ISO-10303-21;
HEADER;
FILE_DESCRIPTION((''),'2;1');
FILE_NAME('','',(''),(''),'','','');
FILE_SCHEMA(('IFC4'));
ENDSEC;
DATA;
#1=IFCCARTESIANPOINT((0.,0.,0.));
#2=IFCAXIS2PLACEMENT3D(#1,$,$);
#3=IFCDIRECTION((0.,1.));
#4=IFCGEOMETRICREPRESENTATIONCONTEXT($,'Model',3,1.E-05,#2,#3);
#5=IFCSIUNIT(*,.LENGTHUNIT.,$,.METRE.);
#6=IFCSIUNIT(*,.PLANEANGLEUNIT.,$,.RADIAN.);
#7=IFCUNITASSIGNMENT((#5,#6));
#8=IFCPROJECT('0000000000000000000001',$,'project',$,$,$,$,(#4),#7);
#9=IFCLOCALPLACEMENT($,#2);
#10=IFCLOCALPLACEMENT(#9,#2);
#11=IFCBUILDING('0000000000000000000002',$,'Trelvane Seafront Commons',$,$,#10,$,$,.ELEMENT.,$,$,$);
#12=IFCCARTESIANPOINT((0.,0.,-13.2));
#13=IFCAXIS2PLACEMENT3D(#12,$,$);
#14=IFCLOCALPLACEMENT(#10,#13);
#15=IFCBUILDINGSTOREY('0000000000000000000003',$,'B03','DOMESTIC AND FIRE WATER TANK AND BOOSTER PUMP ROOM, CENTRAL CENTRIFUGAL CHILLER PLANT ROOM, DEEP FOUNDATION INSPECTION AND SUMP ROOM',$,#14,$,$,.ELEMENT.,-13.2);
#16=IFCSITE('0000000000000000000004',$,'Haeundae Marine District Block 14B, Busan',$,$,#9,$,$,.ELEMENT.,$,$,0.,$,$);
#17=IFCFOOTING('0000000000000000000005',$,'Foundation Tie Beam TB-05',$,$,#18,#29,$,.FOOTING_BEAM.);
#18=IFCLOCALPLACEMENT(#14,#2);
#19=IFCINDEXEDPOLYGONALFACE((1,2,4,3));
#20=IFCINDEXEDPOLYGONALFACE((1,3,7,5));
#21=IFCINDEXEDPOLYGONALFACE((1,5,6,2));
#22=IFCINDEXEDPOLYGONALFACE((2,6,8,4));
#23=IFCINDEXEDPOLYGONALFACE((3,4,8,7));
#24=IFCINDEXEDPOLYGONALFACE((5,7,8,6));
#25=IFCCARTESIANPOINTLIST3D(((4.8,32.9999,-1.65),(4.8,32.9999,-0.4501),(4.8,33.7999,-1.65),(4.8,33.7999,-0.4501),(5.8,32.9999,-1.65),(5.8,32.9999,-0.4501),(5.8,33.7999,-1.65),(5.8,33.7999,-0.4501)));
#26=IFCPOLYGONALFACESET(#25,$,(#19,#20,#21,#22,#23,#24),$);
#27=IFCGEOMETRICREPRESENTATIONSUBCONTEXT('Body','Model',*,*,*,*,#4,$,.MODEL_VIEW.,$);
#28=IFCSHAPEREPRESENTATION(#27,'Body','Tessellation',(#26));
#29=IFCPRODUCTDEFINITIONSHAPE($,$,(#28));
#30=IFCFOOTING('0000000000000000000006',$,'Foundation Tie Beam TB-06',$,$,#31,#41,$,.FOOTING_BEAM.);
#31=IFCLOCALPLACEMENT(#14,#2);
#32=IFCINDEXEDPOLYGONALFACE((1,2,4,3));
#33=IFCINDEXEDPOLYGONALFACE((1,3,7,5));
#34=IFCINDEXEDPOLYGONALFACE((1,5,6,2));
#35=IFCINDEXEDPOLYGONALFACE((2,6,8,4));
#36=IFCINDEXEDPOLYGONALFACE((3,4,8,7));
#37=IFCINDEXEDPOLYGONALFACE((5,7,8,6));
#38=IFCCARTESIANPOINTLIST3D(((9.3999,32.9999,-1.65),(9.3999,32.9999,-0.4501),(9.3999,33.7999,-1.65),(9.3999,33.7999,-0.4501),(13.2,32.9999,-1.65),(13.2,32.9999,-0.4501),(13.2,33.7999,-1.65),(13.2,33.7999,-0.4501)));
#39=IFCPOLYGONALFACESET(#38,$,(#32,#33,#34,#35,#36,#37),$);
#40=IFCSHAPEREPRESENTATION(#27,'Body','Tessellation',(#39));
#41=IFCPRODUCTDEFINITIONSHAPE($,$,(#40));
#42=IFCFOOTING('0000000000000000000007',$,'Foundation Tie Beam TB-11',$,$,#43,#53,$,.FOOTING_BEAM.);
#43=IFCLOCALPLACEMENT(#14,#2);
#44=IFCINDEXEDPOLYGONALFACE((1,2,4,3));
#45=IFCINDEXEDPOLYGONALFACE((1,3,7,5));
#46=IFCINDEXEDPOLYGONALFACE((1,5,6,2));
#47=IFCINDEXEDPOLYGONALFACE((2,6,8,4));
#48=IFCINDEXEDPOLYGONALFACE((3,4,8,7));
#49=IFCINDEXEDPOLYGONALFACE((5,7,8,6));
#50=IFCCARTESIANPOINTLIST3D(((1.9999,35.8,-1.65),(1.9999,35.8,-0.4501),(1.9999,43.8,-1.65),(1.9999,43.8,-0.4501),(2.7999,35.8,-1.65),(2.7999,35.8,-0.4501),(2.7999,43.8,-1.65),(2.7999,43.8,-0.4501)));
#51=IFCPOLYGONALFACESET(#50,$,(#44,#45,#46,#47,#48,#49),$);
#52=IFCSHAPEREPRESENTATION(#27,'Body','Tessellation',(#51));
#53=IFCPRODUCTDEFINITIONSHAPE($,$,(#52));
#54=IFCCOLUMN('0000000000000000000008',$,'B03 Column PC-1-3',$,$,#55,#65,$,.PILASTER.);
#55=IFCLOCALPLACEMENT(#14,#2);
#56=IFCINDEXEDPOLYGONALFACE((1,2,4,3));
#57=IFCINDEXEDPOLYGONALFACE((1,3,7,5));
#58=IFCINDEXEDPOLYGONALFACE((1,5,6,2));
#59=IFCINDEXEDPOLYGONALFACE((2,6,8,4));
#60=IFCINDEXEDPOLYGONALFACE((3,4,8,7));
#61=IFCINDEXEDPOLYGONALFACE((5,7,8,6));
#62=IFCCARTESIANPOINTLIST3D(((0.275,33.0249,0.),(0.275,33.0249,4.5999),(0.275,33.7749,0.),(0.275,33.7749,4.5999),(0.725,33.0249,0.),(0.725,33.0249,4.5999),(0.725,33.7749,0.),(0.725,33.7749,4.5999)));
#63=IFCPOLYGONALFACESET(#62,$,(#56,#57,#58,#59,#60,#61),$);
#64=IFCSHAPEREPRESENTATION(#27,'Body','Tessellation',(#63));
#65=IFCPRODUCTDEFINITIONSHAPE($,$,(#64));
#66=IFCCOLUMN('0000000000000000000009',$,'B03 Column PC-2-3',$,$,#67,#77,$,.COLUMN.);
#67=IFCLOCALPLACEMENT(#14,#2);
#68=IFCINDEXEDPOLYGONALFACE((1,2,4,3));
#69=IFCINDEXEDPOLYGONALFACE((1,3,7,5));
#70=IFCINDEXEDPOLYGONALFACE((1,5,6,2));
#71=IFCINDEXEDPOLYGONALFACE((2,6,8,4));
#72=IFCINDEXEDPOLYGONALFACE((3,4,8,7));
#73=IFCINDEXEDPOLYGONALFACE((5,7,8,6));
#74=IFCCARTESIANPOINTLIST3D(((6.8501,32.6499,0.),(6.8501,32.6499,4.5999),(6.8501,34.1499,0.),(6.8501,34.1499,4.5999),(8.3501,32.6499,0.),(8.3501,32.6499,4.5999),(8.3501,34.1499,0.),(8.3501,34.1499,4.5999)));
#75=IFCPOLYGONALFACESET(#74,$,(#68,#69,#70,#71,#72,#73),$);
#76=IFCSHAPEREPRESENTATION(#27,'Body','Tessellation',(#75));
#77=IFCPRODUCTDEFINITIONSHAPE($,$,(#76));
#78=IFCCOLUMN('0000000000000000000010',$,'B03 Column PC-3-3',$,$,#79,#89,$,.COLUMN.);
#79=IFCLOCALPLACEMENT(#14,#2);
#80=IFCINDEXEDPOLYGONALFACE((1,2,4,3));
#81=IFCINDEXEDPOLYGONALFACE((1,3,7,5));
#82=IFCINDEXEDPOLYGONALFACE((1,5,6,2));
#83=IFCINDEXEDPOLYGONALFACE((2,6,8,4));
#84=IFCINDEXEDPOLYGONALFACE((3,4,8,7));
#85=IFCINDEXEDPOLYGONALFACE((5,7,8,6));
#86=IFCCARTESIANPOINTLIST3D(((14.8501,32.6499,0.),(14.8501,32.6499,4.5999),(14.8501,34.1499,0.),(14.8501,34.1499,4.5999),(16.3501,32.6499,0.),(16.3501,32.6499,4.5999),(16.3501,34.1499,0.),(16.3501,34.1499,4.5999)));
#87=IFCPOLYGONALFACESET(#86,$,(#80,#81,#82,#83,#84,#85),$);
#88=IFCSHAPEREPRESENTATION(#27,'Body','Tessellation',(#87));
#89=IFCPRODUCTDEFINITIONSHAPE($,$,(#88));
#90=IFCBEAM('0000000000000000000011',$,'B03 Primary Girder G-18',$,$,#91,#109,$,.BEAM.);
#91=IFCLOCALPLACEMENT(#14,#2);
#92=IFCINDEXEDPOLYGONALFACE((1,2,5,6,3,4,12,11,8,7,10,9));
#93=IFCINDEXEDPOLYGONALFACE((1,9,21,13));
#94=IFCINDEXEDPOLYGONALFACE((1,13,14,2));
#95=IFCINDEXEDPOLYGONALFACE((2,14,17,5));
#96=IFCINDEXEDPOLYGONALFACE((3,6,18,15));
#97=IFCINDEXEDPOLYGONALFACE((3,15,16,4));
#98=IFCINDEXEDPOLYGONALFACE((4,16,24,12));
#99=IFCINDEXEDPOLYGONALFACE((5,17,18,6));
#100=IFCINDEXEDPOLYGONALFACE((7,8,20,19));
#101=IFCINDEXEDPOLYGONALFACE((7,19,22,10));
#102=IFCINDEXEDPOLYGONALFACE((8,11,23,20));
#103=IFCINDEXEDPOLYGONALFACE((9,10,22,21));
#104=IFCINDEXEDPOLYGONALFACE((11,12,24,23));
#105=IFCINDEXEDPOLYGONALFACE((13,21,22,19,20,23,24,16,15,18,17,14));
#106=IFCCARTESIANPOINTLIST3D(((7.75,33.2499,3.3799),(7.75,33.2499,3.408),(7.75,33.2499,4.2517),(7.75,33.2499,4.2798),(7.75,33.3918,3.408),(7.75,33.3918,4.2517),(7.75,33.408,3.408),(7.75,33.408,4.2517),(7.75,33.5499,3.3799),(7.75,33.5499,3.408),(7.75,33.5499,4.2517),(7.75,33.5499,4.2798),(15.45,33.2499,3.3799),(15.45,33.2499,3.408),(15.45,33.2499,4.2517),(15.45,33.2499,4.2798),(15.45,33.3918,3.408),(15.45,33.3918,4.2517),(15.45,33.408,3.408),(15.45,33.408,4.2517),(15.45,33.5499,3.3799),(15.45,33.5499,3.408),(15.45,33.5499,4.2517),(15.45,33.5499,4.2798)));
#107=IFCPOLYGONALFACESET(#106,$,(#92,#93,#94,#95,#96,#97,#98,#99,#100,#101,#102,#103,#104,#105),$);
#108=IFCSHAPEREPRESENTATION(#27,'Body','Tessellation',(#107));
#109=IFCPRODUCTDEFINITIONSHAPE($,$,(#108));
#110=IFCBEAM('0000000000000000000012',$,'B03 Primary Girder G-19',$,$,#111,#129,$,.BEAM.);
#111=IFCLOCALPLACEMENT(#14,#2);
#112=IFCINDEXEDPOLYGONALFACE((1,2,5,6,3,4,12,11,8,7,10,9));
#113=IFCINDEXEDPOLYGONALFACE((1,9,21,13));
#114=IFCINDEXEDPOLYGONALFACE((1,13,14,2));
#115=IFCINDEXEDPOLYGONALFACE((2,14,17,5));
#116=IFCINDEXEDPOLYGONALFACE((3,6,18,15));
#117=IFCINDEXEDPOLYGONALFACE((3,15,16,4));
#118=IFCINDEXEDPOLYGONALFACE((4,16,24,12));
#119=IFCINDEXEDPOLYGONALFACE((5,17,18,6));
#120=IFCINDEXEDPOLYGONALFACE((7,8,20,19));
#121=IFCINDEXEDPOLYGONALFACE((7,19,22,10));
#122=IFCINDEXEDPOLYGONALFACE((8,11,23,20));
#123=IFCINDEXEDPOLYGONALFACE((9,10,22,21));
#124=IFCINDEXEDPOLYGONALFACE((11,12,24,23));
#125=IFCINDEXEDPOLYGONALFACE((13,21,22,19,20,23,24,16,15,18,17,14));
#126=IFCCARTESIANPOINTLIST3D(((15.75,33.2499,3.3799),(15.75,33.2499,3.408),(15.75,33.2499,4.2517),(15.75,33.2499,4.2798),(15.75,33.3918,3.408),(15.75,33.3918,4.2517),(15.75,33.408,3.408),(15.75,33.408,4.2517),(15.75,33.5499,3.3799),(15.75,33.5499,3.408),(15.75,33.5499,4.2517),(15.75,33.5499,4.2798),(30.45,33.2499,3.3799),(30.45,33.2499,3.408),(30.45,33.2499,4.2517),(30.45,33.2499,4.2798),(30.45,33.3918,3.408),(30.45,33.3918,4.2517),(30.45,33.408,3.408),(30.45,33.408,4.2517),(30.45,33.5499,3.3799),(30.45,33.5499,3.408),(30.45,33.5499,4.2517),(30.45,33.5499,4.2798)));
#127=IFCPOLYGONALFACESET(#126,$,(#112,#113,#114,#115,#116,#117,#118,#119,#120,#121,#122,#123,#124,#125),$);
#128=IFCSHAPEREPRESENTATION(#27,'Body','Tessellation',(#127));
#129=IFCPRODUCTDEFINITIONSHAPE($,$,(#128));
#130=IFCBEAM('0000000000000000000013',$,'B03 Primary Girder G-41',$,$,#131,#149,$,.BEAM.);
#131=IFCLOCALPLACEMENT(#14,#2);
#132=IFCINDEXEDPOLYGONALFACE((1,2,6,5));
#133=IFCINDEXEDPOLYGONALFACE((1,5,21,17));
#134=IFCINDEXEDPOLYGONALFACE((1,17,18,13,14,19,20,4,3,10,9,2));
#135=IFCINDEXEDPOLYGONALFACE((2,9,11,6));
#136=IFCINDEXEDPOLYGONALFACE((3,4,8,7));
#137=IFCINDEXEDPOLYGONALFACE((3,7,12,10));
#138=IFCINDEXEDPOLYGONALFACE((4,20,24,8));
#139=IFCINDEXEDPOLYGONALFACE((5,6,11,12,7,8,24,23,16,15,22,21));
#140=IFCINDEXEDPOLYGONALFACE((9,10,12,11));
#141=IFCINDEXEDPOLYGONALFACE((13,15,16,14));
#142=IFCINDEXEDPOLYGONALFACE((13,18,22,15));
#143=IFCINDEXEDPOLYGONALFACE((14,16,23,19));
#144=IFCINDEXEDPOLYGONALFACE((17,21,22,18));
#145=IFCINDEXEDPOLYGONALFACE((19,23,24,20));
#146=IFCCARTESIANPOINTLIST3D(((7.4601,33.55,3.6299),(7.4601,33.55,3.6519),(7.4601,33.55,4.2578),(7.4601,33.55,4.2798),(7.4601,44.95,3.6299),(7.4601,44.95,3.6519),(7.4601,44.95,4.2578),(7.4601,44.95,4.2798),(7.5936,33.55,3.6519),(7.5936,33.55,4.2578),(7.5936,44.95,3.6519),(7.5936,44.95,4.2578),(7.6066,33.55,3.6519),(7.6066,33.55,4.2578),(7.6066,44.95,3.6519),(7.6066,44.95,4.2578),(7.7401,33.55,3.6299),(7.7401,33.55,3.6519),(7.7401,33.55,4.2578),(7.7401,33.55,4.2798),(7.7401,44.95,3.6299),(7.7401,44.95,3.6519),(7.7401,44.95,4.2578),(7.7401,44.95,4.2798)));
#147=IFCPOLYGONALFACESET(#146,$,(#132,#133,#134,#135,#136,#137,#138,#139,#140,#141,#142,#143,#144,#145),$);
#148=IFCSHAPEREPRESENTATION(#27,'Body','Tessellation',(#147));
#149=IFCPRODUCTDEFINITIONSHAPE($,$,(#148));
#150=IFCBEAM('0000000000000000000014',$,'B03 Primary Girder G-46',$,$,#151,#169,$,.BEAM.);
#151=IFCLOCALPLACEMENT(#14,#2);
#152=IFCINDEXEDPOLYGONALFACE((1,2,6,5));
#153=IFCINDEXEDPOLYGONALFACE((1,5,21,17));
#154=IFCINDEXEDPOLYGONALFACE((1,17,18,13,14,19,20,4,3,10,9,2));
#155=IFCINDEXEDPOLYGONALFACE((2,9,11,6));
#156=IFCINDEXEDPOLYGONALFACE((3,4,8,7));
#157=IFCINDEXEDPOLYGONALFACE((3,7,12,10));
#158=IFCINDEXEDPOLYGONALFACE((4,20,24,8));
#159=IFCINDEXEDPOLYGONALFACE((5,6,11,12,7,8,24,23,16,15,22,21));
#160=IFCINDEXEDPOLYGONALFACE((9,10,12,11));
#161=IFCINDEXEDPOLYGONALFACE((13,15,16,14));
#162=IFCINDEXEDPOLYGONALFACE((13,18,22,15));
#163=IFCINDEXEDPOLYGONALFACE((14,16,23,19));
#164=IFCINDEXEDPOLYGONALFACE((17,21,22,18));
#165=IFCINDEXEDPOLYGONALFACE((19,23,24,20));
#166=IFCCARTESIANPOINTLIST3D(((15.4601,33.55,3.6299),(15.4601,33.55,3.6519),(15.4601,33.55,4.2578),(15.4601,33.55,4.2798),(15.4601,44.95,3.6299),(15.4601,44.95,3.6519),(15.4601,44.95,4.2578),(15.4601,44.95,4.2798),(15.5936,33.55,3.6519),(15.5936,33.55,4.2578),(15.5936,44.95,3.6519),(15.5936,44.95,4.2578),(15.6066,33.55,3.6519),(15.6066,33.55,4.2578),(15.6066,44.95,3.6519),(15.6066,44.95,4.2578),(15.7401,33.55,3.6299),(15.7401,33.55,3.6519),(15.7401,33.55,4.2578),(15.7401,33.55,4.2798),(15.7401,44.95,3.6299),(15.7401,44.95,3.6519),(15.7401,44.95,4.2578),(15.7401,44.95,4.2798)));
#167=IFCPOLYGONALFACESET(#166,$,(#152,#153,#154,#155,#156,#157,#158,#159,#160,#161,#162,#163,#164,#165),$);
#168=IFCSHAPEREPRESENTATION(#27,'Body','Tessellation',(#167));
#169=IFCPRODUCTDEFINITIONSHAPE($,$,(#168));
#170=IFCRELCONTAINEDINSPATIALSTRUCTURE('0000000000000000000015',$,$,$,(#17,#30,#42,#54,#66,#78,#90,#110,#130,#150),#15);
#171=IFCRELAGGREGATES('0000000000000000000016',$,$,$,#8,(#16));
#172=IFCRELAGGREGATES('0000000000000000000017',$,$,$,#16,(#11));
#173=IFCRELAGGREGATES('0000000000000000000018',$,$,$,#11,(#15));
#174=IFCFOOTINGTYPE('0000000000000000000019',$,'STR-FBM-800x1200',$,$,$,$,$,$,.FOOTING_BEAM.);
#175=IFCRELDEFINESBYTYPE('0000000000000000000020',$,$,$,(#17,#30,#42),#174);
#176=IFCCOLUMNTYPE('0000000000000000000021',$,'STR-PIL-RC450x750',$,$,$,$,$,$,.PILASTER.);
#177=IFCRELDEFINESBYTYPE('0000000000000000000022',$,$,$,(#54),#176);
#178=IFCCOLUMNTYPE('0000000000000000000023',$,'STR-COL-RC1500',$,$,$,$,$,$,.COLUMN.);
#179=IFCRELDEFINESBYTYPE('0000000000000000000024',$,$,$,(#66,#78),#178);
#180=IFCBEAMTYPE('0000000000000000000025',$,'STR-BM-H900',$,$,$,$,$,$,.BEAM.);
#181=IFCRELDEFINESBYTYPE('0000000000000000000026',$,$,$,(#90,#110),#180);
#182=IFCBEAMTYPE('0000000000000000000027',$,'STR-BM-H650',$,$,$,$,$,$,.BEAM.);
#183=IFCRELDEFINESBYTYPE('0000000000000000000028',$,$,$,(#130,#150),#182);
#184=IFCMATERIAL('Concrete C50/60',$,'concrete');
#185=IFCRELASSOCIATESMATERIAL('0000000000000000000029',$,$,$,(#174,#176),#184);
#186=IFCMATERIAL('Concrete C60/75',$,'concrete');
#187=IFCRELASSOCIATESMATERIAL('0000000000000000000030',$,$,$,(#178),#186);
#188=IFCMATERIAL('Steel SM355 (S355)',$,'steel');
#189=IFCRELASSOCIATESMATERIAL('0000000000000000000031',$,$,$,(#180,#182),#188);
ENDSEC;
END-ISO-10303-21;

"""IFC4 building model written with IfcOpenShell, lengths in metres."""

from ifc_helpers import new_model, si_unit, direction, frame, origin, origin_2d, place, context, subcontext, project, spatial, rectangle, i_section, extrude, source, transform, mapped, material, material_profile, profile_set, type_object, element, save


model = new_model("IFC4")

# Units and contexts
model_context = context("Model", 3, precision=1e-05, world=origin(), true_north=direction((0.0, 1.0)))
body_context = subcontext(model_context, "Body", "Model", "MODEL_VIEW")
ifc_project = project(units=[si_unit("LENGTHUNIT", "METRE"), si_unit("PLANEANGLEUNIT", "RADIAN")], contexts=[model_context])

# Site, building, storey
site_placement = place(None, origin())
site = spatial("IfcSite", under=ifc_project, at=site_placement, Name="Haeundae Marine District Block 14B, Busan", CompositionType="ELEMENT", RefElevation=0.0)
building_placement = place(site_placement, origin())
building = spatial("IfcBuilding", under=site, at=building_placement, Name="Trelvane Seafront Commons", CompositionType="ELEMENT")
storey_placement = place(building_placement, frame((0.0, 0.0, -13.2)))
storey = spatial("IfcBuildingStorey", under=building, at=storey_placement, Name="B03", Description="DOMESTIC AND FIRE WATER TANK AND BOOSTER PUMP ROOM, CENTRAL CENTRIFUGAL CHILLER PLANT ROOM, DEEP FOUNDATION INSPECTION AND SUMP ROOM", CompositionType="ELEMENT", Elevation=-13.2)

# Shared definitions
ifc_material_1 = material(Name="Concrete C50/60", Category="concrete")

# Footings
ifc_material_profile_1 = material_profile(ifc_material_1, rectangle(XDim=0.8, YDim=1.2, at=origin_2d()), Name="TB-800x1200")
ifc_profile_set_1 = profile_set([ifc_material_profile_1], Name="Concrete C50/60")
footing_type = type_object("IfcFootingType", Name="STR-FBM-800x1200", PredefinedType="FOOTING_BEAM", material=ifc_profile_set_1)
shared_shape_1 = source(origin(), body_context, "Body", "SweptSolid", [
    extrude(rectangle(XDim=0.8, YDim=1.2, at=origin_2d()), origin(), (0.0, 0.0, 1.0), 1.0),
])
footing_1_placement = place(storey_placement, frame((4.8, 33.3999, -1.05), z_axis=(1.0, 0.0, 0.0), x_axis=(0.0, 1.0, 0.0)))
element("IfcFooting", 1, at=footing_1_placement, inside=storey, type_object=footing_type, Name="Foundation Tie Beam TB-05", PredefinedType="FOOTING_BEAM", context=body_context, shape_type="MappedRepresentation", body=[
    mapped(shared_shape_1, transform((0.0, 0.0, 0.0), x_axis=(1.0, 0.0, 0.0), y_axis=(0.0, 1.0, 0.0), z_axis=(0.0, 0.0, 1.0), scale=1.0)),
])
shared_shape_2 = source(origin(), body_context, "Body", "SweptSolid", [
    extrude(rectangle(XDim=0.8, YDim=1.2, at=origin_2d()), origin(), (0.0, 0.0, 1.0), 3.8),
])
footing_2_placement = place(storey_placement, frame((9.3999, 33.3999, -1.05), z_axis=(1.0, 0.0, 0.0), x_axis=(0.0, 1.0, 0.0)))
element("IfcFooting", 2, at=footing_2_placement, inside=storey, type_object=footing_type, Name="Foundation Tie Beam TB-06", PredefinedType="FOOTING_BEAM", context=body_context, shape_type="MappedRepresentation", body=[
    mapped(shared_shape_2, transform((0.0, 0.0, 0.0), x_axis=(1.0, 0.0, 0.0), y_axis=(0.0, 1.0, 0.0), z_axis=(0.0, 0.0, 1.0), scale=1.0)),
])
shared_shape_3 = source(origin(), body_context, "Body", "SweptSolid", [
    extrude(rectangle(XDim=0.8, YDim=1.2, at=origin_2d()), origin(), (0.0, 0.0, 1.0), 8.0),
])
footing_3_placement = place(storey_placement, frame((2.3999, 35.8, -1.05), z_axis=(0.0, 1.0, 0.0), x_axis=(-1.0, 0.0, 0.0)))
element("IfcFooting", 3, at=footing_3_placement, inside=storey, type_object=footing_type, Name="Foundation Tie Beam TB-11", PredefinedType="FOOTING_BEAM", context=body_context, shape_type="MappedRepresentation", body=[
    mapped(shared_shape_3, transform((0.0, 0.0, 0.0), x_axis=(1.0, 0.0, 0.0), y_axis=(0.0, 1.0, 0.0), z_axis=(0.0, 0.0, 1.0), scale=1.0)),
])

# Columns
ifc_material_profile_2 = material_profile(ifc_material_1, rectangle(XDim=0.45, YDim=0.75, at=origin_2d()), Name="RC-450x750")
ifc_profile_set_2 = profile_set([ifc_material_profile_2], Name="Concrete C50/60")
column_type_1 = type_object("IfcColumnType", Name="STR-PIL-RC450x750", PredefinedType="PILASTER", material=ifc_profile_set_2)
shared_shape_4 = source(origin(), body_context, "Body", "SweptSolid", [
    extrude(rectangle(XDim=0.45, YDim=0.75, at=origin_2d()), origin(), (0.0, 0.0, 1.0), 4.5999),
])
column_placement = place(storey_placement, frame((0.5, 33.3999, 0.0), z_axis=(0.0, 0.0, 1.0), x_axis=(1.0, 0.0, 0.0)))
element("IfcColumn", 4, at=column_placement, inside=storey, type_object=column_type_1, Name="B03 Column PC-1-3", PredefinedType="PILASTER", context=body_context, shape_type="MappedRepresentation", body=[
    mapped(shared_shape_4, transform((0.0, 0.0, 0.0), x_axis=(1.0, 0.0, 0.0), y_axis=(0.0, 1.0, 0.0), z_axis=(0.0, 0.0, 1.0), scale=1.0)),
])
ifc_material_2 = material(Name="Concrete C60/75", Category="concrete")
ifc_material_profile_3 = material_profile(ifc_material_2, rectangle(XDim=1.5, YDim=1.5, at=origin_2d()), Name="RC-1500x1500")
ifc_profile_set_3 = profile_set([ifc_material_profile_3], Name="Concrete C60/75")
column_type_2 = type_object("IfcColumnType", Name="STR-COL-RC1500", PredefinedType="COLUMN", material=ifc_profile_set_3)
shared_shape_5 = source(origin(), body_context, "Body", "SweptSolid", [
    extrude(rectangle(XDim=1.5, YDim=1.5, at=origin_2d()), origin(), (0.0, 0.0, 1.0), 4.5999),
])
for number, where, z_axis, x_axis, name in (
    (5, (7.6001, 33.3999, 0.0), (0.0, 0.0, 1.0), (1.0, 0.0, 0.0), "B03 Column PC-2-3"),
    (6, (15.6001, 33.3999, 0.0), (0.0, 0.0, 1.0), (1.0, 0.0, 0.0), "B03 Column PC-3-3"),
):
    element("IfcColumn", number, at=place(storey_placement, frame(where, z_axis=z_axis, x_axis=x_axis)), inside=storey, type_object=column_type_2, Name=name, PredefinedType="COLUMN", context=body_context, shape_type="MappedRepresentation", body=[
        mapped(shared_shape_5, transform((0.0, 0.0, 0.0), x_axis=(1.0, 0.0, 0.0), y_axis=(0.0, 1.0, 0.0), z_axis=(0.0, 0.0, 1.0), scale=1.0)),
    ])

# Beams
ifc_material_3 = material(Name="Steel SM355 (S355)", Category="steel")
ifc_material_profile_4 = material_profile(ifc_material_3, i_section(OverallWidth=0.3, OverallDepth=0.8999, WebThickness=0.0161, FlangeThickness=0.0281, at=origin_2d()), Name="H-900x300x16x28")
ifc_profile_set_4 = profile_set([ifc_material_profile_4], Name="Steel SM355 (S355)")
beam_type_1 = type_object("IfcBeamType", Name="STR-BM-H900", PredefinedType="BEAM", material=ifc_profile_set_4)
shared_shape_6 = source(origin(), body_context, "Body", "SweptSolid", [
    extrude(i_section(OverallWidth=0.3, OverallDepth=0.8999, WebThickness=0.0161, FlangeThickness=0.0281, at=origin_2d()), origin(), (0.0, 0.0, 1.0), 7.7),
])
beam_1_placement = place(storey_placement, frame((7.75, 33.3999, 3.8298), z_axis=(1.0, 0.0, 0.0), x_axis=(0.0, 1.0, 0.0)))
element("IfcBeam", 7, at=beam_1_placement, inside=storey, type_object=beam_type_1, Name="B03 Primary Girder G-18", PredefinedType="BEAM", context=body_context, shape_type="MappedRepresentation", body=[
    mapped(shared_shape_6, transform((0.0, 0.0, 0.0), x_axis=(1.0, 0.0, 0.0), y_axis=(0.0, 1.0, 0.0), z_axis=(0.0, 0.0, 1.0), scale=1.0)),
])
shared_shape_7 = source(origin(), body_context, "Body", "SweptSolid", [
    extrude(i_section(OverallWidth=0.3, OverallDepth=0.8999, WebThickness=0.0161, FlangeThickness=0.0281, at=origin_2d()), origin(), (0.0, 0.0, 1.0), 14.7),
])
beam_2_placement = place(storey_placement, frame((15.75, 33.3999, 3.8298), z_axis=(1.0, 0.0, 0.0), x_axis=(0.0, 1.0, 0.0)))
element("IfcBeam", 8, at=beam_2_placement, inside=storey, type_object=beam_type_1, Name="B03 Primary Girder G-19", PredefinedType="BEAM", context=body_context, shape_type="MappedRepresentation", body=[
    mapped(shared_shape_7, transform((0.0, 0.0, 0.0), x_axis=(1.0, 0.0, 0.0), y_axis=(0.0, 1.0, 0.0), z_axis=(0.0, 0.0, 1.0), scale=1.0)),
])
ifc_material_profile_5 = material_profile(ifc_material_3, i_section(OverallWidth=0.28, OverallDepth=0.6499, WebThickness=0.0129, FlangeThickness=0.022, at=origin_2d()), Name="H-650x280x13x22")
ifc_profile_set_5 = profile_set([ifc_material_profile_5], Name="Steel SM355 (S355)")
beam_type_2 = type_object("IfcBeamType", Name="STR-BM-H650", PredefinedType="BEAM", material=ifc_profile_set_5)
shared_shape_8 = source(origin(), body_context, "Body", "SweptSolid", [
    extrude(i_section(OverallWidth=0.28, OverallDepth=0.6499, WebThickness=0.0129, FlangeThickness=0.022, at=origin_2d()), origin(), (0.0, 0.0, 1.0), 11.3999),
])
for number, where, z_axis, x_axis, name in (
    (9, (7.6001, 33.55, 3.9548), (0.0, 1.0, 0.0), (-1.0, 0.0, 0.0), "B03 Primary Girder G-41"),
    (10, (15.6001, 33.55, 3.9548), (0.0, 1.0, 0.0), (-1.0, 0.0, 0.0), "B03 Primary Girder G-46"),
):
    element("IfcBeam", number, at=place(storey_placement, frame(where, z_axis=z_axis, x_axis=x_axis)), inside=storey, type_object=beam_type_2, Name=name, PredefinedType="BEAM", context=body_context, shape_type="MappedRepresentation", body=[
        mapped(shared_shape_8, transform((0.0, 0.0, 0.0), x_axis=(1.0, 0.0, 0.0), y_axis=(0.0, 1.0, 0.0), z_axis=(0.0, 0.0, 1.0), scale=1.0)),
    ])

save(model, "model.ifc")
